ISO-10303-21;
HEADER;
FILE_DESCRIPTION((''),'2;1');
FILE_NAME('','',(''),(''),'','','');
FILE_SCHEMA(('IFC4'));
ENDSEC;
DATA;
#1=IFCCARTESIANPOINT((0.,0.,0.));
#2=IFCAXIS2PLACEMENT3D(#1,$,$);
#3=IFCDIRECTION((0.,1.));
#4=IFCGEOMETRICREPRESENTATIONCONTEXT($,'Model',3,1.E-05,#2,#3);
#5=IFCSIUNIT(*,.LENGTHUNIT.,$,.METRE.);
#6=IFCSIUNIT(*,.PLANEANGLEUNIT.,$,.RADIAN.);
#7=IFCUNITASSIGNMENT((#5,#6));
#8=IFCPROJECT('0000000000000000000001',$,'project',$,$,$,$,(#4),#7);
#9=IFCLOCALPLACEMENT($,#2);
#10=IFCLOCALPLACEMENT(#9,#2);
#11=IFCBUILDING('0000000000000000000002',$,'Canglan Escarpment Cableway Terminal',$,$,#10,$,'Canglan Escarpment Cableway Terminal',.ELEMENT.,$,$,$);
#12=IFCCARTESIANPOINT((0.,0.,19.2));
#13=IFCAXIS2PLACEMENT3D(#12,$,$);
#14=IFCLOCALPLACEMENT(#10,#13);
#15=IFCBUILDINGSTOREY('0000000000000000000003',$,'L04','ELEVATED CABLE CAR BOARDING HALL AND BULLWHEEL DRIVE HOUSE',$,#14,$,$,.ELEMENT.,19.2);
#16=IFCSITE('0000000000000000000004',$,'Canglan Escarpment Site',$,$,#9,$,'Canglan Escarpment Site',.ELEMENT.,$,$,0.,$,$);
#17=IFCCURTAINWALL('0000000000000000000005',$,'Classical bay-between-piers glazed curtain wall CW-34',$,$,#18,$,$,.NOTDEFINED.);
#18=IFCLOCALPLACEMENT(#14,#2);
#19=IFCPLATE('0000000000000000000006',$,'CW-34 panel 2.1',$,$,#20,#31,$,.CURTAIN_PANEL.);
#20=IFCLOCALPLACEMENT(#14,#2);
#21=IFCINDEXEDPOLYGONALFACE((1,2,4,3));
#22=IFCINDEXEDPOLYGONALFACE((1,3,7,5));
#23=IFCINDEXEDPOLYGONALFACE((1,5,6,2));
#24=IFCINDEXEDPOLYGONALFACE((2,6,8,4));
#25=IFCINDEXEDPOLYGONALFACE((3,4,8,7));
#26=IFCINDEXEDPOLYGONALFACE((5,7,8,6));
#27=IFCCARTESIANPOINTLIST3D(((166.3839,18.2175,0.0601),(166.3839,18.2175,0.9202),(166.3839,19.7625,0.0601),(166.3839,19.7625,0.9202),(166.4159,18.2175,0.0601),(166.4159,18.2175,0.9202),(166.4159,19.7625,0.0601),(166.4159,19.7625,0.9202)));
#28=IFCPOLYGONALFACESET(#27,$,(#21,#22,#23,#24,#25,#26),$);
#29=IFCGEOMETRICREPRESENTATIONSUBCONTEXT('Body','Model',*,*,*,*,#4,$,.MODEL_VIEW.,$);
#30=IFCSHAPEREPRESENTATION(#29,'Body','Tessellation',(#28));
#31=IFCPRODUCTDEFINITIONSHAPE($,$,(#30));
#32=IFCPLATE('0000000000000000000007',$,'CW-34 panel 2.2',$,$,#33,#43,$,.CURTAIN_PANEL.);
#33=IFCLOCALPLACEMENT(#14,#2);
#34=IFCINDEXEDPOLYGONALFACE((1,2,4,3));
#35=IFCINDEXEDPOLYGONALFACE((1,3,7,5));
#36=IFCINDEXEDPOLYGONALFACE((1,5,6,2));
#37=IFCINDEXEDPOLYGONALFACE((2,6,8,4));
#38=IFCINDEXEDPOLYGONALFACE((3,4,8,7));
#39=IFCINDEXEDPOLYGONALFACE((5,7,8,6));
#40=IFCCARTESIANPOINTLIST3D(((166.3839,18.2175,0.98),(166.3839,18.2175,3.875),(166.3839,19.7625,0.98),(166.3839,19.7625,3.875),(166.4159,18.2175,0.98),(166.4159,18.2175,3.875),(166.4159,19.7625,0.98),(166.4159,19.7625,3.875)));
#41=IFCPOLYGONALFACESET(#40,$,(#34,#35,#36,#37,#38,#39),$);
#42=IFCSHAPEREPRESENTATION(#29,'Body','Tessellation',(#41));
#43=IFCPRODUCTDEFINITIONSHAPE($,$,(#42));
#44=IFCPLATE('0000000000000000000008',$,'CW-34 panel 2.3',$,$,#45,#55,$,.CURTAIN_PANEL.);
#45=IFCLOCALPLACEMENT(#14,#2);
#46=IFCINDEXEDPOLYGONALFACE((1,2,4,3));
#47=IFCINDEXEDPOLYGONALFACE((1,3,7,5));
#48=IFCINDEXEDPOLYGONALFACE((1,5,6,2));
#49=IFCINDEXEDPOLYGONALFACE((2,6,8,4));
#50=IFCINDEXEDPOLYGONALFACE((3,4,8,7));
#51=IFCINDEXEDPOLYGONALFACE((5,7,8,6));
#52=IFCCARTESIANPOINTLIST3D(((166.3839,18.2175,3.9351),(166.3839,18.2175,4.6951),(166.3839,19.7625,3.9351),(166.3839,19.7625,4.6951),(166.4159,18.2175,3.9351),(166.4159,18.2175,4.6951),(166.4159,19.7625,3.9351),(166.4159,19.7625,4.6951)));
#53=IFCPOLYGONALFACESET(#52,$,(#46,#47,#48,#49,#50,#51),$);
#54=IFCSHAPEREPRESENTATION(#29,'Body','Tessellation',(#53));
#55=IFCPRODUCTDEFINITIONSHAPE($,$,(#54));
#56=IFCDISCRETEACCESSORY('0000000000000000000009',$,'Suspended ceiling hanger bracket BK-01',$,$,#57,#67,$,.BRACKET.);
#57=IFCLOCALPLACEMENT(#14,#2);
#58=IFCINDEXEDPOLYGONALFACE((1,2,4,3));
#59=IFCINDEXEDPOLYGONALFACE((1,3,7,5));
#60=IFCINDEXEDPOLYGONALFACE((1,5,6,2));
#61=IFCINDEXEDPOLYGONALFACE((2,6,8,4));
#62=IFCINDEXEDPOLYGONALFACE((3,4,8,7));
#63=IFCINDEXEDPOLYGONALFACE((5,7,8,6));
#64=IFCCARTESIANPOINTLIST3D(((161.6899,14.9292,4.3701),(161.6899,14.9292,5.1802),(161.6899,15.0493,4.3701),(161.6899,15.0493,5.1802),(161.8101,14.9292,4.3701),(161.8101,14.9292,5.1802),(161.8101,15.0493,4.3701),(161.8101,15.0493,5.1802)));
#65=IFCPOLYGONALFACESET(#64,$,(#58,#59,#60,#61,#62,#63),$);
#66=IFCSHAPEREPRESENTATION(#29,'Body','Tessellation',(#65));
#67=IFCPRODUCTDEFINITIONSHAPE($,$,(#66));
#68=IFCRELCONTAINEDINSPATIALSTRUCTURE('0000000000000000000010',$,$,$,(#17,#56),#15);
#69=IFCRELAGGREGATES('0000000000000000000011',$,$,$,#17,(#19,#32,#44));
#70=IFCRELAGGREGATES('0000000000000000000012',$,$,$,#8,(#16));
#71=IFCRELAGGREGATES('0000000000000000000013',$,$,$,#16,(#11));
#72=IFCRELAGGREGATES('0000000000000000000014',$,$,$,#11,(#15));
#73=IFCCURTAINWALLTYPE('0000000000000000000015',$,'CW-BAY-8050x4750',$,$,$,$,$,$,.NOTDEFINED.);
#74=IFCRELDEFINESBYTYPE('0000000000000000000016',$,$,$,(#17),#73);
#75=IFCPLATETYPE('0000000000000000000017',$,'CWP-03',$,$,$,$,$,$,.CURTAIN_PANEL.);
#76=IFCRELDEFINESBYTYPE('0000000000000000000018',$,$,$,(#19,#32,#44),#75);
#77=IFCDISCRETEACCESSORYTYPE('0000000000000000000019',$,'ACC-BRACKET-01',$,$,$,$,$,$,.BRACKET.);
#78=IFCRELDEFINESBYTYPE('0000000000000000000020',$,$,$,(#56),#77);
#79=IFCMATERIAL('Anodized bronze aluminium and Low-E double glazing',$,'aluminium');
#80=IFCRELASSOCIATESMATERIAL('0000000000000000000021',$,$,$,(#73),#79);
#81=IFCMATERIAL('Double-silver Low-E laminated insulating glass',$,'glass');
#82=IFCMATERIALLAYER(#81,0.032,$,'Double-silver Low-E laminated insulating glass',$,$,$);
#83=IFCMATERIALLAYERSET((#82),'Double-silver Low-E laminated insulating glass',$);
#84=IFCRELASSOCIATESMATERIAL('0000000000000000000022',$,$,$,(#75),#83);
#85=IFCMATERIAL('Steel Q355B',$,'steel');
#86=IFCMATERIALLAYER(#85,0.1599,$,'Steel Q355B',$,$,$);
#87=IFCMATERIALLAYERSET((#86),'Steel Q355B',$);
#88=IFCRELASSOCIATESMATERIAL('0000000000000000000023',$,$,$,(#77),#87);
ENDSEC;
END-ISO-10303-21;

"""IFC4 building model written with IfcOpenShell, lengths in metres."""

from ifc_helpers import new_model, si_unit, direction, frame, origin, origin_2d, place, context, subcontext, project, spatial, rectangle, extrude, material, layer, layer_set, type_object, element, aggregate, save


model = new_model("IFC4")

# Units and contexts
model_context = context("Model", 3, precision=1e-05, world=origin(), true_north=direction((0.0, 1.0)))
body_context = subcontext(model_context, "Body", "Model", "MODEL_VIEW")
ifc_project = project(units=[si_unit("LENGTHUNIT", "METRE"), si_unit("PLANEANGLEUNIT", "RADIAN")], contexts=[model_context])

# Site, building, storey
site_placement = place(None, origin())
site = spatial("IfcSite", under=ifc_project, at=site_placement, Name="Canglan Escarpment Site", LongName="Canglan Escarpment Site", CompositionType="ELEMENT", RefElevation=0.0)
building_placement = place(site_placement, origin())
building = spatial("IfcBuilding", under=site, at=building_placement, Name="Canglan Escarpment Cableway Terminal", LongName="Canglan Escarpment Cableway Terminal", CompositionType="ELEMENT")
storey_placement = place(building_placement, frame((0.0, 0.0, 19.2)))
storey = spatial("IfcBuildingStorey", under=building, at=storey_placement, Name="L04", Description="ELEVATED CABLE CAR BOARDING HALL AND BULLWHEEL DRIVE HOUSE", CompositionType="ELEMENT", Elevation=19.2)

# Shared definitions
ifc_material_1 = material(Name="Steel Q355B", Category="steel")

# Curtain wall
ifc_material_2 = material(Name="Anodized bronze aluminium and Low-E double glazing", Category="aluminium")
curtain_wall_type = type_object("IfcCurtainWallType", Name="CW-BAY-8050x4750", PredefinedType="NOTDEFINED", material=ifc_material_2)
curtain_wall_1_placement = place(storey_placement, origin())
curtain_wall_1 = element("IfcCurtainWall", 1, at=curtain_wall_1_placement, inside=storey, type_object=curtain_wall_type, Name="Classical bay-between-piers glazed curtain wall CW-34", PredefinedType="NOTDEFINED")

# Plates
ifc_material_3 = material(Name="Double-silver Low-E laminated insulating glass", Category="glass")
ifc_layer_1 = layer(ifc_material_3, 0.032, Name="Double-silver Low-E laminated insulating glass")
ifc_layer_set_1 = layer_set([ifc_layer_1], Name="Double-silver Low-E laminated insulating glass")
plate_type_1 = type_object("IfcPlateType", Name="CWP-03", PredefinedType="CURTAIN_PANEL", material=ifc_layer_set_1)
plate_1_placement = place(storey_placement, frame((166.3999, 18.99, 0.0601), z_axis=(0.0, 0.0, 1.0), x_axis=(0.0, 1.0, 0.0)))
plate_1 = element("IfcPlate", 2, at=plate_1_placement, type_object=plate_type_1, Name="CW-34 panel 2.1", PredefinedType="CURTAIN_PANEL", context=body_context, shape_type="SweptSolid", body=[
    extrude(rectangle(XDim=1.5449, YDim=0.032, at=origin_2d()), origin(), (0.0, 0.0, 1.0), 0.8601),
])
plate_2_placement = place(storey_placement, frame((166.3999, 18.99, 0.98), z_axis=(0.0, 0.0, 1.0), x_axis=(0.0, 1.0, 0.0)))
plate_2 = element("IfcPlate", 3, at=plate_2_placement, type_object=plate_type_1, Name="CW-34 panel 2.2", PredefinedType="CURTAIN_PANEL", context=body_context, shape_type="SweptSolid", body=[
    extrude(rectangle(XDim=1.5449, YDim=0.032, at=origin_2d()), origin(), (0.0, 0.0, 1.0), 2.895),
])
plate_3_placement = place(storey_placement, frame((166.3999, 18.99, 3.9351), z_axis=(0.0, 0.0, 1.0), x_axis=(0.0, 1.0, 0.0)))
plate_3 = element("IfcPlate", 4, at=plate_3_placement, type_object=plate_type_1, Name="CW-34 panel 2.3", PredefinedType="CURTAIN_PANEL", context=body_context, shape_type="SweptSolid", body=[
    extrude(rectangle(XDim=1.5449, YDim=0.032, at=origin_2d()), origin(), (0.0, 0.0, 1.0), 0.76),
])
aggregate(curtain_wall_1, [plate_1, plate_2, plate_3])

# Discrete accessory
ifc_layer_2 = layer(ifc_material_1, 0.1599, Name="Steel Q355B")
ifc_layer_set_2 = layer_set([ifc_layer_2], Name="Steel Q355B")
discrete_accessory_type = type_object("IfcDiscreteAccessoryType", Name="ACC-BRACKET-01", PredefinedType="BRACKET", material=ifc_layer_set_2)
discrete_accessory_placement = place(storey_placement, frame((161.75, 14.9893, 4.3701), z_axis=(0.0, 0.0, 1.0), x_axis=(1.0, 0.0, 0.0)))
element("IfcDiscreteAccessory", 5, at=discrete_accessory_placement, inside=storey, type_object=discrete_accessory_type, Name="Suspended ceiling hanger bracket BK-01", PredefinedType="BRACKET", context=body_context, shape_type="SweptSolid", body=[
    extrude(rectangle(XDim=0.1201, YDim=0.1201, at=origin_2d()), origin(), (0.0, 0.0, 1.0), 0.8101),
])

save(model, "model.ifc")
